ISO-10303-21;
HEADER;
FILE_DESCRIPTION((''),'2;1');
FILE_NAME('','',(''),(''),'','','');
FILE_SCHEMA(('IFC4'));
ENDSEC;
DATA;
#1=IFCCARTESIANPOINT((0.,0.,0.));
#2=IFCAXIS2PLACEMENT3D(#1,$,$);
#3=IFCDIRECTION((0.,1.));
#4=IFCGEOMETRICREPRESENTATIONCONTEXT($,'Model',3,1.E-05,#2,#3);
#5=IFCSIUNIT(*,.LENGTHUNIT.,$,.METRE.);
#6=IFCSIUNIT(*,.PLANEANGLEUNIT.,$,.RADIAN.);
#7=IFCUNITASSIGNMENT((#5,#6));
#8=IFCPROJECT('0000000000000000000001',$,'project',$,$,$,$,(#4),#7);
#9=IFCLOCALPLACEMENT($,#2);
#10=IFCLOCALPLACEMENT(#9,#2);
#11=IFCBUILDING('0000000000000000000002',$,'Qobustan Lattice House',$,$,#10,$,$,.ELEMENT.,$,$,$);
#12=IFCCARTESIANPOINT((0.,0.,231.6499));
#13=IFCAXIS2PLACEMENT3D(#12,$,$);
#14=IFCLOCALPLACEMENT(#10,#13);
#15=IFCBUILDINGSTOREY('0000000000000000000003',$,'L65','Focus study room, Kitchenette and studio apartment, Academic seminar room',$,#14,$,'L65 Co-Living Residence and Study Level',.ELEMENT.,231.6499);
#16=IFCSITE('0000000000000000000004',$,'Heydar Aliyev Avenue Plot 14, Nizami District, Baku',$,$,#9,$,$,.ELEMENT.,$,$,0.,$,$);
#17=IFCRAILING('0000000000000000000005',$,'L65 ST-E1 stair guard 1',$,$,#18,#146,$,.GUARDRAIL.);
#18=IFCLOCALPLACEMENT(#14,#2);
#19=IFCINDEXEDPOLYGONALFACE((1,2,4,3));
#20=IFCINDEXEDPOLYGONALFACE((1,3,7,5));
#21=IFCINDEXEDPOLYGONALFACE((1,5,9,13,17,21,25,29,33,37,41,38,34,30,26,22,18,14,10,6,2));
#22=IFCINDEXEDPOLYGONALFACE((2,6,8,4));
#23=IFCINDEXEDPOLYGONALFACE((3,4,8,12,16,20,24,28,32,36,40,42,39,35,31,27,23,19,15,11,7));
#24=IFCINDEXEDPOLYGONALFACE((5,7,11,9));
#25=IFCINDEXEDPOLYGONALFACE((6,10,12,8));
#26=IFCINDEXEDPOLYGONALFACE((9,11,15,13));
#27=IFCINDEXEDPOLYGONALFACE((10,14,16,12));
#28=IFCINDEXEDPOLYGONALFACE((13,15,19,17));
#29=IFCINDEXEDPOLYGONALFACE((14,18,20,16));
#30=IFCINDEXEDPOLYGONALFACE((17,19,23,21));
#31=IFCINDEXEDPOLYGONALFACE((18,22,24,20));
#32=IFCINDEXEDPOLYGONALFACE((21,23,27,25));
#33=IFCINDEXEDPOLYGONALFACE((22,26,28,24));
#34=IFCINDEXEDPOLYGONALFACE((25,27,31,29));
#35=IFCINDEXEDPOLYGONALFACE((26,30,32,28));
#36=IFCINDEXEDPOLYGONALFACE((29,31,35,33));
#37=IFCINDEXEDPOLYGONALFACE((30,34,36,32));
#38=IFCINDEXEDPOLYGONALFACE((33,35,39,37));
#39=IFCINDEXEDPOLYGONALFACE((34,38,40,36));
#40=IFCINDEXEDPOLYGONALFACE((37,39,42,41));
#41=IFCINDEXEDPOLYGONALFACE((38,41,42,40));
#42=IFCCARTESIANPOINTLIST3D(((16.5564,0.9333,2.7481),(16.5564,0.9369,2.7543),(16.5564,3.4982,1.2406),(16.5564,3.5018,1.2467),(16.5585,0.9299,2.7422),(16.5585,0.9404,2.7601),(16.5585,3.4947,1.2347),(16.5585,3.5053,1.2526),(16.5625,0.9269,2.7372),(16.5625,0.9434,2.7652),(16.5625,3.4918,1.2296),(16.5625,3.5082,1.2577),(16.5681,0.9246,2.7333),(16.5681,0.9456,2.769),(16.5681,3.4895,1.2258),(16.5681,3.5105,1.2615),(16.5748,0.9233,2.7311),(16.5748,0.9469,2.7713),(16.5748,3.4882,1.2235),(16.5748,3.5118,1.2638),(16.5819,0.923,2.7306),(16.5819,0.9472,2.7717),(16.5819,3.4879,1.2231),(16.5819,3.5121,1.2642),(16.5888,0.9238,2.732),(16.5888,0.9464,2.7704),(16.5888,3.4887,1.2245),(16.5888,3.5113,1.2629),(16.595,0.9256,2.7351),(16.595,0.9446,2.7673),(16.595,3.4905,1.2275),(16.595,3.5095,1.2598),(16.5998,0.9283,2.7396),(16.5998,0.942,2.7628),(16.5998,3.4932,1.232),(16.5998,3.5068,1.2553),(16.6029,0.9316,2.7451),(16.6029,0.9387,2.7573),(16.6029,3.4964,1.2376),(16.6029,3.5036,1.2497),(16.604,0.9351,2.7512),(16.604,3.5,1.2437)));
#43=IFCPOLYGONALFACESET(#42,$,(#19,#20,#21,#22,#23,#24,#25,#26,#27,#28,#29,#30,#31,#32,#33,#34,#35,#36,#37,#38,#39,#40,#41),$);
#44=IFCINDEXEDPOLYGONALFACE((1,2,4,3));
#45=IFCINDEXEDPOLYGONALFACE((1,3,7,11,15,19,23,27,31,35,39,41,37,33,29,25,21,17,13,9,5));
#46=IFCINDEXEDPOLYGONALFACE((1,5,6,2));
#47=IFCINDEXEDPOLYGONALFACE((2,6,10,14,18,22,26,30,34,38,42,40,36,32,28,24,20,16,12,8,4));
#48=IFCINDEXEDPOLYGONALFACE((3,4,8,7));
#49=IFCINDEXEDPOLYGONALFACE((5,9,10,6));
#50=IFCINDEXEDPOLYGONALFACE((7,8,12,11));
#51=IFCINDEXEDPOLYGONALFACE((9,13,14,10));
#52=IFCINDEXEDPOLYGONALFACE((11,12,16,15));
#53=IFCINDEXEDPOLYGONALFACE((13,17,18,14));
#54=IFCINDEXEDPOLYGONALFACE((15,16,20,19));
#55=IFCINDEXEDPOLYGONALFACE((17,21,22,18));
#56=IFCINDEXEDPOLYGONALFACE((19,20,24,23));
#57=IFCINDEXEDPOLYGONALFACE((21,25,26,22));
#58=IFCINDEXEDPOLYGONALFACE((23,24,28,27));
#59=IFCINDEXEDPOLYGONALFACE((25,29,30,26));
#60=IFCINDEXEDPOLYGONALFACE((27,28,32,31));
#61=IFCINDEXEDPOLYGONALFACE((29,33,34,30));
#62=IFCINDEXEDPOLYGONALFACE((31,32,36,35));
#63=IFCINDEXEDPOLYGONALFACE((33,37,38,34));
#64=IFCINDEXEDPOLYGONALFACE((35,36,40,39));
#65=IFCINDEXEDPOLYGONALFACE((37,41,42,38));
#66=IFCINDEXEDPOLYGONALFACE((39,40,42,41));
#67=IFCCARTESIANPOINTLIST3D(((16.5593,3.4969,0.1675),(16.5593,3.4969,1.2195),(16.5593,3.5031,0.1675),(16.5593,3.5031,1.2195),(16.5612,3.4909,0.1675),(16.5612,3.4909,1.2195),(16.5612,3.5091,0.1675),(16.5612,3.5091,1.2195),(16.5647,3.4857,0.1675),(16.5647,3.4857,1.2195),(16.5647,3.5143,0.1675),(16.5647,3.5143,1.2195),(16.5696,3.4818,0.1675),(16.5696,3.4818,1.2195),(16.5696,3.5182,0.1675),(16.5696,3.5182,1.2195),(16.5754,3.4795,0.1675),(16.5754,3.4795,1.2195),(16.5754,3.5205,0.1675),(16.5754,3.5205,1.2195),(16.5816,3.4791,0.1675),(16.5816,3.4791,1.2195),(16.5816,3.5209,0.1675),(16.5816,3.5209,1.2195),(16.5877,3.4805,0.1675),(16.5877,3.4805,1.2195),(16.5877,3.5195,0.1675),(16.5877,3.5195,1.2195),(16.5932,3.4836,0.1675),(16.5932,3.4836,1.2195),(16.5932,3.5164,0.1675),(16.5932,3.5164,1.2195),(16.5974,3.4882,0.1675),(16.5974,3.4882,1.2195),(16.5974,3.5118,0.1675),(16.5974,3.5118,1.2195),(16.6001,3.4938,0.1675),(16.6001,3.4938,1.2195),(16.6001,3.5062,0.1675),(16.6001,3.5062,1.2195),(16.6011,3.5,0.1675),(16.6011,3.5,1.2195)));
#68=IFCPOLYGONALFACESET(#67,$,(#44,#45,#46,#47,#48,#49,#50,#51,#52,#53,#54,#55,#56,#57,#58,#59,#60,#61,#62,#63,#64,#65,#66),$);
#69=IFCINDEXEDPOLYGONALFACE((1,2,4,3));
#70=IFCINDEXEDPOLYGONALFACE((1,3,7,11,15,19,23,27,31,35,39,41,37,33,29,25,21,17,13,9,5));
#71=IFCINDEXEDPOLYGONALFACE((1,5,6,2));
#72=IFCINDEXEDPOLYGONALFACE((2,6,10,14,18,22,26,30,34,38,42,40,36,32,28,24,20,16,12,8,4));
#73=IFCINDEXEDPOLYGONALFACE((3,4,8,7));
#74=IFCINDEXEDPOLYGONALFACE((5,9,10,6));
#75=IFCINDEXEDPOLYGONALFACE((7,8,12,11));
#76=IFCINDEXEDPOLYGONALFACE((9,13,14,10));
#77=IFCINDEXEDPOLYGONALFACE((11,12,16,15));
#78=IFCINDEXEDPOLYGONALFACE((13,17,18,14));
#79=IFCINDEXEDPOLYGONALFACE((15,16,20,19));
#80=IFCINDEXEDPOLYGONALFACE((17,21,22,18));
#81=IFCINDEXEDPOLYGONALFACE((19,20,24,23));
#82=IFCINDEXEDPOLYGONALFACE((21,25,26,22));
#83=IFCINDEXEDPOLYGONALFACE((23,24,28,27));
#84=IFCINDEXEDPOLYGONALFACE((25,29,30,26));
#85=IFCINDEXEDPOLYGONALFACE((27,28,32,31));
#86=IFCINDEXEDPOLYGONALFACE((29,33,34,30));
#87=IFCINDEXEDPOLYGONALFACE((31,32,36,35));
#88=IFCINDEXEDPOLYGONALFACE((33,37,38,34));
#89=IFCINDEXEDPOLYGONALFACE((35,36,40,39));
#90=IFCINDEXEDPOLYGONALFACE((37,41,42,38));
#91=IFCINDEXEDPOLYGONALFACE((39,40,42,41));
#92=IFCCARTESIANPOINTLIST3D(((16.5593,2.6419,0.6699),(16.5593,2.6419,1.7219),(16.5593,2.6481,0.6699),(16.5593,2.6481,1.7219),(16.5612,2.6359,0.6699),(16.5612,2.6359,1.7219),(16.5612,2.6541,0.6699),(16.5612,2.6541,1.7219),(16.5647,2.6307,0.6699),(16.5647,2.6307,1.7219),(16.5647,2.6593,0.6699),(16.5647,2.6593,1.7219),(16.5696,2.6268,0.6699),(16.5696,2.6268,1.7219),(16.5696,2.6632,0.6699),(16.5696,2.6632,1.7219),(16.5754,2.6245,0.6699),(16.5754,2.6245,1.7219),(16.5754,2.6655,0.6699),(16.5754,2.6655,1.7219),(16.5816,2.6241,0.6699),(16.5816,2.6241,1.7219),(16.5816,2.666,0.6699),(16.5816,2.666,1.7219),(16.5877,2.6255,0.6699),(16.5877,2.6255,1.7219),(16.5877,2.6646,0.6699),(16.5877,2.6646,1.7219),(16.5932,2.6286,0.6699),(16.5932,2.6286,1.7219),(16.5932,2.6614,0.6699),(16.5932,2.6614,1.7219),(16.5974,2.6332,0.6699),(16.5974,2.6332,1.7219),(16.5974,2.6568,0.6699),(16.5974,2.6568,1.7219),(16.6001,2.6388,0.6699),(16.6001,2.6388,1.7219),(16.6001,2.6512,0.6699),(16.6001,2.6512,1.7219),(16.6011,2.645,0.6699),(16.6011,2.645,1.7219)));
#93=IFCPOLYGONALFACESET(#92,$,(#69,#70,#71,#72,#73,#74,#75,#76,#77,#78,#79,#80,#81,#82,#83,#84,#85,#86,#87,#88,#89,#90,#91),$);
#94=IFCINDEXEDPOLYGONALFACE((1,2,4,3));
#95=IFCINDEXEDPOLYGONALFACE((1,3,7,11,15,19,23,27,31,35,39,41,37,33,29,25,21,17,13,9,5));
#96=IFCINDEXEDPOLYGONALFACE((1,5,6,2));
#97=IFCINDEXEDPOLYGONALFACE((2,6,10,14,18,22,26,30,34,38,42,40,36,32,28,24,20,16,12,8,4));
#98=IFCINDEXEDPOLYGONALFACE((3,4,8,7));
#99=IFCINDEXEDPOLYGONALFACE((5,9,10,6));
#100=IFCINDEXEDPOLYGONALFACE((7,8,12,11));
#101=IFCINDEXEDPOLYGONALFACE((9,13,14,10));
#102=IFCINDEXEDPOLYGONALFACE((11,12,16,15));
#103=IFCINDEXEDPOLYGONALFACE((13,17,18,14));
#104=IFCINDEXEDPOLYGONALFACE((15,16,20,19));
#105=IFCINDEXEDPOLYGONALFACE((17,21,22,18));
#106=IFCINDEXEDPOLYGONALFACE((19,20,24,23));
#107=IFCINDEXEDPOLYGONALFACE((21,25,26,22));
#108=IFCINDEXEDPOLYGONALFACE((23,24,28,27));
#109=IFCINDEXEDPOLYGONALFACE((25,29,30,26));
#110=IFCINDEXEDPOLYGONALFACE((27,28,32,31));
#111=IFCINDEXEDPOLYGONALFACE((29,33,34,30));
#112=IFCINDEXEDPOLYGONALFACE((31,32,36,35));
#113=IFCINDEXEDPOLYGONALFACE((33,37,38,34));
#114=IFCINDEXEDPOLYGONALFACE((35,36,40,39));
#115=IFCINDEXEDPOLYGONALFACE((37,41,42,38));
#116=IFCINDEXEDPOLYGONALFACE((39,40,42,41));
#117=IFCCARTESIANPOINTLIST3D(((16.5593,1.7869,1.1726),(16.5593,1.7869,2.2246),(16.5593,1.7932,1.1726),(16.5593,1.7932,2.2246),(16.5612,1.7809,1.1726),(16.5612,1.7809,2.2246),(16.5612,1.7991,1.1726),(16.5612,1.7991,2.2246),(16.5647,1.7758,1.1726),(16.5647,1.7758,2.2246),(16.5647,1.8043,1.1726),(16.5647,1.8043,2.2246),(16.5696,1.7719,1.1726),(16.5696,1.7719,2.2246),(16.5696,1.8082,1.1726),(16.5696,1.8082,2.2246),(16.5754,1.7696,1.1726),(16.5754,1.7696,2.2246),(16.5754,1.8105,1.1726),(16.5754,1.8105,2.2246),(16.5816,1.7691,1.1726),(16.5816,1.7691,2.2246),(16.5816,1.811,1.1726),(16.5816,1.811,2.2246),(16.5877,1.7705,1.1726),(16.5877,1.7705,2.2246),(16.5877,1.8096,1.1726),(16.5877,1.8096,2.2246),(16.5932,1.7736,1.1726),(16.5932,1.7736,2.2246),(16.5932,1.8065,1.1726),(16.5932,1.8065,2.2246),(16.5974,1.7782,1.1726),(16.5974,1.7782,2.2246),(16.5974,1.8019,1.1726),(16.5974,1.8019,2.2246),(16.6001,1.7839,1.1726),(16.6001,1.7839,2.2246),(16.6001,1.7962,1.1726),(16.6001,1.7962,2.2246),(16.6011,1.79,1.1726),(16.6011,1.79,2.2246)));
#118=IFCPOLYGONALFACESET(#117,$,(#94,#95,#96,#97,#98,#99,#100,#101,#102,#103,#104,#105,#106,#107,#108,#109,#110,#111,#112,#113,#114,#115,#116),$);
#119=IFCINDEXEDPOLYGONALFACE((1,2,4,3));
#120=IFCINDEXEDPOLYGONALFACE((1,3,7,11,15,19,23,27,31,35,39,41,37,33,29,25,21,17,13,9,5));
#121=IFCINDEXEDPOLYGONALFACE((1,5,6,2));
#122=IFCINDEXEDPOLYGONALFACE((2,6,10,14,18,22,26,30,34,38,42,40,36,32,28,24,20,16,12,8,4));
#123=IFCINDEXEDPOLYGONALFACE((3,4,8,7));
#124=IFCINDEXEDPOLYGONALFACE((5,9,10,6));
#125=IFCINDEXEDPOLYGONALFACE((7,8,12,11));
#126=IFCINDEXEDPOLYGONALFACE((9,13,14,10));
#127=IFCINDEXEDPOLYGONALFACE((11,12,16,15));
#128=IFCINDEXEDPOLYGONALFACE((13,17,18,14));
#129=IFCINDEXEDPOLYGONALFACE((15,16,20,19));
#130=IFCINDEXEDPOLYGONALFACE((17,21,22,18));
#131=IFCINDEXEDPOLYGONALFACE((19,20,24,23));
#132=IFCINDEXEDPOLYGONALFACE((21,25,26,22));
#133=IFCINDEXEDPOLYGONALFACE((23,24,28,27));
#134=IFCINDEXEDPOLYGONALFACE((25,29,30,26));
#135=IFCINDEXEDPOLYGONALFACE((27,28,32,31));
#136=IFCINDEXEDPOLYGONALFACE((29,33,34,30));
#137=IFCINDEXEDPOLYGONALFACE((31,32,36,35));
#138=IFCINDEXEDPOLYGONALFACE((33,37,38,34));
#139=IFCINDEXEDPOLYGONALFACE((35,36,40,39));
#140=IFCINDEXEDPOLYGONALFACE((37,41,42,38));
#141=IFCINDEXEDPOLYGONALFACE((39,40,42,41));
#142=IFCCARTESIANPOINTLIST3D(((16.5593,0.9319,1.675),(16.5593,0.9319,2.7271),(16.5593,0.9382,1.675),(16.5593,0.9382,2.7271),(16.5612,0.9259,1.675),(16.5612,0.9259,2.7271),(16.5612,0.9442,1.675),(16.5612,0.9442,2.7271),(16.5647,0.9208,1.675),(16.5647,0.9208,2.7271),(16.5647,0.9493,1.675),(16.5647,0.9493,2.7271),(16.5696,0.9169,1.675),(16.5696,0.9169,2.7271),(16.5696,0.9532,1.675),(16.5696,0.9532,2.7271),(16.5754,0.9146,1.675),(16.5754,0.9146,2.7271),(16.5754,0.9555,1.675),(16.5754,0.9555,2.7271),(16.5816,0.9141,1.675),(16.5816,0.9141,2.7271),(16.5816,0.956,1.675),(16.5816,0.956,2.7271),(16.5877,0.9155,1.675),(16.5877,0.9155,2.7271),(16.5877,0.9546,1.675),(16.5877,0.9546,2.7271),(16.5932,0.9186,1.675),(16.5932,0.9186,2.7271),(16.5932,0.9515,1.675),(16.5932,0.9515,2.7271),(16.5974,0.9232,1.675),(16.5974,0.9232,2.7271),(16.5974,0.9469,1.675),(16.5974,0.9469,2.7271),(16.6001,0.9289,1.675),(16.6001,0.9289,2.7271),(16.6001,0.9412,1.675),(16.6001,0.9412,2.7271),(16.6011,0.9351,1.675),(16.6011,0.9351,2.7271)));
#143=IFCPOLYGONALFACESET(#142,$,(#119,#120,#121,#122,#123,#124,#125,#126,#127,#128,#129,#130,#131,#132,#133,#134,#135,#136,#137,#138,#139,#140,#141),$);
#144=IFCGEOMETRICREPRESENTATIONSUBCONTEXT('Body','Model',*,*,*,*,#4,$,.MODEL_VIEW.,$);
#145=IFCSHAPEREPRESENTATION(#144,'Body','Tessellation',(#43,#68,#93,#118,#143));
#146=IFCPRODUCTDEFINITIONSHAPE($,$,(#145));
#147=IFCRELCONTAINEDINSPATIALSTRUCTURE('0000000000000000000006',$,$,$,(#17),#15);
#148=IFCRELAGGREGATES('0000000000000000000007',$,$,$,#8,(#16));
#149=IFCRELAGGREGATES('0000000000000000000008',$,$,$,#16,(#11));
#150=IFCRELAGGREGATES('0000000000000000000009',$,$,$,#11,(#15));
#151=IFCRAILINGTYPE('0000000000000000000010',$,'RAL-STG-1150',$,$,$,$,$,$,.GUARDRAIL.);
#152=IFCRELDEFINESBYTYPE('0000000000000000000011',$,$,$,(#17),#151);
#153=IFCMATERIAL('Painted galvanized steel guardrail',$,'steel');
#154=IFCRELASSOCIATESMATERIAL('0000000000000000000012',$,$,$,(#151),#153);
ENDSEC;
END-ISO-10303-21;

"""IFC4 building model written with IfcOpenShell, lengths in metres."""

from ifc_helpers import new_model, si_unit, direction, frame, origin, origin_2d, place, context, subcontext, project, spatial, circle, extrude, material, type_object, element, save


model = new_model("IFC4")

# Units and contexts
model_context = context("Model", 3, precision=1e-05, world=origin(), true_north=direction((0.0, 1.0)))
body_context = subcontext(model_context, "Body", "Model", "MODEL_VIEW")
ifc_project = project(units=[si_unit("LENGTHUNIT", "METRE"), si_unit("PLANEANGLEUNIT", "RADIAN")], contexts=[model_context])

# Site, building, storey
site_placement = place(None, origin())
site = spatial("IfcSite", under=ifc_project, at=site_placement, Name="Heydar Aliyev Avenue Plot 14, Nizami District, Baku", CompositionType="ELEMENT", RefElevation=0.0)
building_placement = place(site_placement, origin())
building = spatial("IfcBuilding", under=site, at=building_placement, Name="Qobustan Lattice House", CompositionType="ELEMENT")
storey_placement = place(building_placement, frame((0.0, 0.0, 231.6499)))
storey = spatial("IfcBuildingStorey", under=building, at=storey_placement, Name="L65", Description="Focus study room, Kitchenette and studio apartment, Academic seminar room", LongName="L65 Co-Living Residence and Study Level", CompositionType="ELEMENT", Elevation=231.6499)

# Railing
ifc_material_1 = material(Name="Painted galvanized steel guardrail", Category="steel")
railing_type_1 = type_object("IfcRailingType", Name="RAL-STG-1150", PredefinedType="GUARDRAIL", material=ifc_material_1)
railing_1_placement = place(storey_placement, frame((16.5801, 3.5, 0.1675)))
element("IfcRailing", 1, at=railing_1_placement, inside=storey, type_object=railing_type_1, Name="L65 ST-E1 stair guard 1", PredefinedType="GUARDRAIL", context=body_context, shape_type="SweptSolid", body=[
    extrude(circle(Radius=0.0239, at=origin_2d()), frame((0.0, 0.0, 1.0762), z_axis=(0.0, -0.862113, 0.506715), x_axis=(1.0, 0.0, 0.0)), (0.0, 0.0, 1.0), 2.9751),
    extrude(circle(Radius=0.021, at=origin_2d()), origin(), (0.0, 0.0, 1.0), 1.052),
    extrude(circle(Radius=0.021, at=origin_2d()), frame((0.0, -0.855, 0.5024)), (0.0, 0.0, 1.0), 1.052),
    extrude(circle(Radius=0.021, at=origin_2d()), frame((0.0, -1.71, 1.0051)), (0.0, 0.0, 1.0), 1.052),
    extrude(circle(Radius=0.021, at=origin_2d()), frame((0.0, -2.5649, 1.5076)), (0.0, 0.0, 1.0), 1.052),
])

save(model, "model.ifc")
